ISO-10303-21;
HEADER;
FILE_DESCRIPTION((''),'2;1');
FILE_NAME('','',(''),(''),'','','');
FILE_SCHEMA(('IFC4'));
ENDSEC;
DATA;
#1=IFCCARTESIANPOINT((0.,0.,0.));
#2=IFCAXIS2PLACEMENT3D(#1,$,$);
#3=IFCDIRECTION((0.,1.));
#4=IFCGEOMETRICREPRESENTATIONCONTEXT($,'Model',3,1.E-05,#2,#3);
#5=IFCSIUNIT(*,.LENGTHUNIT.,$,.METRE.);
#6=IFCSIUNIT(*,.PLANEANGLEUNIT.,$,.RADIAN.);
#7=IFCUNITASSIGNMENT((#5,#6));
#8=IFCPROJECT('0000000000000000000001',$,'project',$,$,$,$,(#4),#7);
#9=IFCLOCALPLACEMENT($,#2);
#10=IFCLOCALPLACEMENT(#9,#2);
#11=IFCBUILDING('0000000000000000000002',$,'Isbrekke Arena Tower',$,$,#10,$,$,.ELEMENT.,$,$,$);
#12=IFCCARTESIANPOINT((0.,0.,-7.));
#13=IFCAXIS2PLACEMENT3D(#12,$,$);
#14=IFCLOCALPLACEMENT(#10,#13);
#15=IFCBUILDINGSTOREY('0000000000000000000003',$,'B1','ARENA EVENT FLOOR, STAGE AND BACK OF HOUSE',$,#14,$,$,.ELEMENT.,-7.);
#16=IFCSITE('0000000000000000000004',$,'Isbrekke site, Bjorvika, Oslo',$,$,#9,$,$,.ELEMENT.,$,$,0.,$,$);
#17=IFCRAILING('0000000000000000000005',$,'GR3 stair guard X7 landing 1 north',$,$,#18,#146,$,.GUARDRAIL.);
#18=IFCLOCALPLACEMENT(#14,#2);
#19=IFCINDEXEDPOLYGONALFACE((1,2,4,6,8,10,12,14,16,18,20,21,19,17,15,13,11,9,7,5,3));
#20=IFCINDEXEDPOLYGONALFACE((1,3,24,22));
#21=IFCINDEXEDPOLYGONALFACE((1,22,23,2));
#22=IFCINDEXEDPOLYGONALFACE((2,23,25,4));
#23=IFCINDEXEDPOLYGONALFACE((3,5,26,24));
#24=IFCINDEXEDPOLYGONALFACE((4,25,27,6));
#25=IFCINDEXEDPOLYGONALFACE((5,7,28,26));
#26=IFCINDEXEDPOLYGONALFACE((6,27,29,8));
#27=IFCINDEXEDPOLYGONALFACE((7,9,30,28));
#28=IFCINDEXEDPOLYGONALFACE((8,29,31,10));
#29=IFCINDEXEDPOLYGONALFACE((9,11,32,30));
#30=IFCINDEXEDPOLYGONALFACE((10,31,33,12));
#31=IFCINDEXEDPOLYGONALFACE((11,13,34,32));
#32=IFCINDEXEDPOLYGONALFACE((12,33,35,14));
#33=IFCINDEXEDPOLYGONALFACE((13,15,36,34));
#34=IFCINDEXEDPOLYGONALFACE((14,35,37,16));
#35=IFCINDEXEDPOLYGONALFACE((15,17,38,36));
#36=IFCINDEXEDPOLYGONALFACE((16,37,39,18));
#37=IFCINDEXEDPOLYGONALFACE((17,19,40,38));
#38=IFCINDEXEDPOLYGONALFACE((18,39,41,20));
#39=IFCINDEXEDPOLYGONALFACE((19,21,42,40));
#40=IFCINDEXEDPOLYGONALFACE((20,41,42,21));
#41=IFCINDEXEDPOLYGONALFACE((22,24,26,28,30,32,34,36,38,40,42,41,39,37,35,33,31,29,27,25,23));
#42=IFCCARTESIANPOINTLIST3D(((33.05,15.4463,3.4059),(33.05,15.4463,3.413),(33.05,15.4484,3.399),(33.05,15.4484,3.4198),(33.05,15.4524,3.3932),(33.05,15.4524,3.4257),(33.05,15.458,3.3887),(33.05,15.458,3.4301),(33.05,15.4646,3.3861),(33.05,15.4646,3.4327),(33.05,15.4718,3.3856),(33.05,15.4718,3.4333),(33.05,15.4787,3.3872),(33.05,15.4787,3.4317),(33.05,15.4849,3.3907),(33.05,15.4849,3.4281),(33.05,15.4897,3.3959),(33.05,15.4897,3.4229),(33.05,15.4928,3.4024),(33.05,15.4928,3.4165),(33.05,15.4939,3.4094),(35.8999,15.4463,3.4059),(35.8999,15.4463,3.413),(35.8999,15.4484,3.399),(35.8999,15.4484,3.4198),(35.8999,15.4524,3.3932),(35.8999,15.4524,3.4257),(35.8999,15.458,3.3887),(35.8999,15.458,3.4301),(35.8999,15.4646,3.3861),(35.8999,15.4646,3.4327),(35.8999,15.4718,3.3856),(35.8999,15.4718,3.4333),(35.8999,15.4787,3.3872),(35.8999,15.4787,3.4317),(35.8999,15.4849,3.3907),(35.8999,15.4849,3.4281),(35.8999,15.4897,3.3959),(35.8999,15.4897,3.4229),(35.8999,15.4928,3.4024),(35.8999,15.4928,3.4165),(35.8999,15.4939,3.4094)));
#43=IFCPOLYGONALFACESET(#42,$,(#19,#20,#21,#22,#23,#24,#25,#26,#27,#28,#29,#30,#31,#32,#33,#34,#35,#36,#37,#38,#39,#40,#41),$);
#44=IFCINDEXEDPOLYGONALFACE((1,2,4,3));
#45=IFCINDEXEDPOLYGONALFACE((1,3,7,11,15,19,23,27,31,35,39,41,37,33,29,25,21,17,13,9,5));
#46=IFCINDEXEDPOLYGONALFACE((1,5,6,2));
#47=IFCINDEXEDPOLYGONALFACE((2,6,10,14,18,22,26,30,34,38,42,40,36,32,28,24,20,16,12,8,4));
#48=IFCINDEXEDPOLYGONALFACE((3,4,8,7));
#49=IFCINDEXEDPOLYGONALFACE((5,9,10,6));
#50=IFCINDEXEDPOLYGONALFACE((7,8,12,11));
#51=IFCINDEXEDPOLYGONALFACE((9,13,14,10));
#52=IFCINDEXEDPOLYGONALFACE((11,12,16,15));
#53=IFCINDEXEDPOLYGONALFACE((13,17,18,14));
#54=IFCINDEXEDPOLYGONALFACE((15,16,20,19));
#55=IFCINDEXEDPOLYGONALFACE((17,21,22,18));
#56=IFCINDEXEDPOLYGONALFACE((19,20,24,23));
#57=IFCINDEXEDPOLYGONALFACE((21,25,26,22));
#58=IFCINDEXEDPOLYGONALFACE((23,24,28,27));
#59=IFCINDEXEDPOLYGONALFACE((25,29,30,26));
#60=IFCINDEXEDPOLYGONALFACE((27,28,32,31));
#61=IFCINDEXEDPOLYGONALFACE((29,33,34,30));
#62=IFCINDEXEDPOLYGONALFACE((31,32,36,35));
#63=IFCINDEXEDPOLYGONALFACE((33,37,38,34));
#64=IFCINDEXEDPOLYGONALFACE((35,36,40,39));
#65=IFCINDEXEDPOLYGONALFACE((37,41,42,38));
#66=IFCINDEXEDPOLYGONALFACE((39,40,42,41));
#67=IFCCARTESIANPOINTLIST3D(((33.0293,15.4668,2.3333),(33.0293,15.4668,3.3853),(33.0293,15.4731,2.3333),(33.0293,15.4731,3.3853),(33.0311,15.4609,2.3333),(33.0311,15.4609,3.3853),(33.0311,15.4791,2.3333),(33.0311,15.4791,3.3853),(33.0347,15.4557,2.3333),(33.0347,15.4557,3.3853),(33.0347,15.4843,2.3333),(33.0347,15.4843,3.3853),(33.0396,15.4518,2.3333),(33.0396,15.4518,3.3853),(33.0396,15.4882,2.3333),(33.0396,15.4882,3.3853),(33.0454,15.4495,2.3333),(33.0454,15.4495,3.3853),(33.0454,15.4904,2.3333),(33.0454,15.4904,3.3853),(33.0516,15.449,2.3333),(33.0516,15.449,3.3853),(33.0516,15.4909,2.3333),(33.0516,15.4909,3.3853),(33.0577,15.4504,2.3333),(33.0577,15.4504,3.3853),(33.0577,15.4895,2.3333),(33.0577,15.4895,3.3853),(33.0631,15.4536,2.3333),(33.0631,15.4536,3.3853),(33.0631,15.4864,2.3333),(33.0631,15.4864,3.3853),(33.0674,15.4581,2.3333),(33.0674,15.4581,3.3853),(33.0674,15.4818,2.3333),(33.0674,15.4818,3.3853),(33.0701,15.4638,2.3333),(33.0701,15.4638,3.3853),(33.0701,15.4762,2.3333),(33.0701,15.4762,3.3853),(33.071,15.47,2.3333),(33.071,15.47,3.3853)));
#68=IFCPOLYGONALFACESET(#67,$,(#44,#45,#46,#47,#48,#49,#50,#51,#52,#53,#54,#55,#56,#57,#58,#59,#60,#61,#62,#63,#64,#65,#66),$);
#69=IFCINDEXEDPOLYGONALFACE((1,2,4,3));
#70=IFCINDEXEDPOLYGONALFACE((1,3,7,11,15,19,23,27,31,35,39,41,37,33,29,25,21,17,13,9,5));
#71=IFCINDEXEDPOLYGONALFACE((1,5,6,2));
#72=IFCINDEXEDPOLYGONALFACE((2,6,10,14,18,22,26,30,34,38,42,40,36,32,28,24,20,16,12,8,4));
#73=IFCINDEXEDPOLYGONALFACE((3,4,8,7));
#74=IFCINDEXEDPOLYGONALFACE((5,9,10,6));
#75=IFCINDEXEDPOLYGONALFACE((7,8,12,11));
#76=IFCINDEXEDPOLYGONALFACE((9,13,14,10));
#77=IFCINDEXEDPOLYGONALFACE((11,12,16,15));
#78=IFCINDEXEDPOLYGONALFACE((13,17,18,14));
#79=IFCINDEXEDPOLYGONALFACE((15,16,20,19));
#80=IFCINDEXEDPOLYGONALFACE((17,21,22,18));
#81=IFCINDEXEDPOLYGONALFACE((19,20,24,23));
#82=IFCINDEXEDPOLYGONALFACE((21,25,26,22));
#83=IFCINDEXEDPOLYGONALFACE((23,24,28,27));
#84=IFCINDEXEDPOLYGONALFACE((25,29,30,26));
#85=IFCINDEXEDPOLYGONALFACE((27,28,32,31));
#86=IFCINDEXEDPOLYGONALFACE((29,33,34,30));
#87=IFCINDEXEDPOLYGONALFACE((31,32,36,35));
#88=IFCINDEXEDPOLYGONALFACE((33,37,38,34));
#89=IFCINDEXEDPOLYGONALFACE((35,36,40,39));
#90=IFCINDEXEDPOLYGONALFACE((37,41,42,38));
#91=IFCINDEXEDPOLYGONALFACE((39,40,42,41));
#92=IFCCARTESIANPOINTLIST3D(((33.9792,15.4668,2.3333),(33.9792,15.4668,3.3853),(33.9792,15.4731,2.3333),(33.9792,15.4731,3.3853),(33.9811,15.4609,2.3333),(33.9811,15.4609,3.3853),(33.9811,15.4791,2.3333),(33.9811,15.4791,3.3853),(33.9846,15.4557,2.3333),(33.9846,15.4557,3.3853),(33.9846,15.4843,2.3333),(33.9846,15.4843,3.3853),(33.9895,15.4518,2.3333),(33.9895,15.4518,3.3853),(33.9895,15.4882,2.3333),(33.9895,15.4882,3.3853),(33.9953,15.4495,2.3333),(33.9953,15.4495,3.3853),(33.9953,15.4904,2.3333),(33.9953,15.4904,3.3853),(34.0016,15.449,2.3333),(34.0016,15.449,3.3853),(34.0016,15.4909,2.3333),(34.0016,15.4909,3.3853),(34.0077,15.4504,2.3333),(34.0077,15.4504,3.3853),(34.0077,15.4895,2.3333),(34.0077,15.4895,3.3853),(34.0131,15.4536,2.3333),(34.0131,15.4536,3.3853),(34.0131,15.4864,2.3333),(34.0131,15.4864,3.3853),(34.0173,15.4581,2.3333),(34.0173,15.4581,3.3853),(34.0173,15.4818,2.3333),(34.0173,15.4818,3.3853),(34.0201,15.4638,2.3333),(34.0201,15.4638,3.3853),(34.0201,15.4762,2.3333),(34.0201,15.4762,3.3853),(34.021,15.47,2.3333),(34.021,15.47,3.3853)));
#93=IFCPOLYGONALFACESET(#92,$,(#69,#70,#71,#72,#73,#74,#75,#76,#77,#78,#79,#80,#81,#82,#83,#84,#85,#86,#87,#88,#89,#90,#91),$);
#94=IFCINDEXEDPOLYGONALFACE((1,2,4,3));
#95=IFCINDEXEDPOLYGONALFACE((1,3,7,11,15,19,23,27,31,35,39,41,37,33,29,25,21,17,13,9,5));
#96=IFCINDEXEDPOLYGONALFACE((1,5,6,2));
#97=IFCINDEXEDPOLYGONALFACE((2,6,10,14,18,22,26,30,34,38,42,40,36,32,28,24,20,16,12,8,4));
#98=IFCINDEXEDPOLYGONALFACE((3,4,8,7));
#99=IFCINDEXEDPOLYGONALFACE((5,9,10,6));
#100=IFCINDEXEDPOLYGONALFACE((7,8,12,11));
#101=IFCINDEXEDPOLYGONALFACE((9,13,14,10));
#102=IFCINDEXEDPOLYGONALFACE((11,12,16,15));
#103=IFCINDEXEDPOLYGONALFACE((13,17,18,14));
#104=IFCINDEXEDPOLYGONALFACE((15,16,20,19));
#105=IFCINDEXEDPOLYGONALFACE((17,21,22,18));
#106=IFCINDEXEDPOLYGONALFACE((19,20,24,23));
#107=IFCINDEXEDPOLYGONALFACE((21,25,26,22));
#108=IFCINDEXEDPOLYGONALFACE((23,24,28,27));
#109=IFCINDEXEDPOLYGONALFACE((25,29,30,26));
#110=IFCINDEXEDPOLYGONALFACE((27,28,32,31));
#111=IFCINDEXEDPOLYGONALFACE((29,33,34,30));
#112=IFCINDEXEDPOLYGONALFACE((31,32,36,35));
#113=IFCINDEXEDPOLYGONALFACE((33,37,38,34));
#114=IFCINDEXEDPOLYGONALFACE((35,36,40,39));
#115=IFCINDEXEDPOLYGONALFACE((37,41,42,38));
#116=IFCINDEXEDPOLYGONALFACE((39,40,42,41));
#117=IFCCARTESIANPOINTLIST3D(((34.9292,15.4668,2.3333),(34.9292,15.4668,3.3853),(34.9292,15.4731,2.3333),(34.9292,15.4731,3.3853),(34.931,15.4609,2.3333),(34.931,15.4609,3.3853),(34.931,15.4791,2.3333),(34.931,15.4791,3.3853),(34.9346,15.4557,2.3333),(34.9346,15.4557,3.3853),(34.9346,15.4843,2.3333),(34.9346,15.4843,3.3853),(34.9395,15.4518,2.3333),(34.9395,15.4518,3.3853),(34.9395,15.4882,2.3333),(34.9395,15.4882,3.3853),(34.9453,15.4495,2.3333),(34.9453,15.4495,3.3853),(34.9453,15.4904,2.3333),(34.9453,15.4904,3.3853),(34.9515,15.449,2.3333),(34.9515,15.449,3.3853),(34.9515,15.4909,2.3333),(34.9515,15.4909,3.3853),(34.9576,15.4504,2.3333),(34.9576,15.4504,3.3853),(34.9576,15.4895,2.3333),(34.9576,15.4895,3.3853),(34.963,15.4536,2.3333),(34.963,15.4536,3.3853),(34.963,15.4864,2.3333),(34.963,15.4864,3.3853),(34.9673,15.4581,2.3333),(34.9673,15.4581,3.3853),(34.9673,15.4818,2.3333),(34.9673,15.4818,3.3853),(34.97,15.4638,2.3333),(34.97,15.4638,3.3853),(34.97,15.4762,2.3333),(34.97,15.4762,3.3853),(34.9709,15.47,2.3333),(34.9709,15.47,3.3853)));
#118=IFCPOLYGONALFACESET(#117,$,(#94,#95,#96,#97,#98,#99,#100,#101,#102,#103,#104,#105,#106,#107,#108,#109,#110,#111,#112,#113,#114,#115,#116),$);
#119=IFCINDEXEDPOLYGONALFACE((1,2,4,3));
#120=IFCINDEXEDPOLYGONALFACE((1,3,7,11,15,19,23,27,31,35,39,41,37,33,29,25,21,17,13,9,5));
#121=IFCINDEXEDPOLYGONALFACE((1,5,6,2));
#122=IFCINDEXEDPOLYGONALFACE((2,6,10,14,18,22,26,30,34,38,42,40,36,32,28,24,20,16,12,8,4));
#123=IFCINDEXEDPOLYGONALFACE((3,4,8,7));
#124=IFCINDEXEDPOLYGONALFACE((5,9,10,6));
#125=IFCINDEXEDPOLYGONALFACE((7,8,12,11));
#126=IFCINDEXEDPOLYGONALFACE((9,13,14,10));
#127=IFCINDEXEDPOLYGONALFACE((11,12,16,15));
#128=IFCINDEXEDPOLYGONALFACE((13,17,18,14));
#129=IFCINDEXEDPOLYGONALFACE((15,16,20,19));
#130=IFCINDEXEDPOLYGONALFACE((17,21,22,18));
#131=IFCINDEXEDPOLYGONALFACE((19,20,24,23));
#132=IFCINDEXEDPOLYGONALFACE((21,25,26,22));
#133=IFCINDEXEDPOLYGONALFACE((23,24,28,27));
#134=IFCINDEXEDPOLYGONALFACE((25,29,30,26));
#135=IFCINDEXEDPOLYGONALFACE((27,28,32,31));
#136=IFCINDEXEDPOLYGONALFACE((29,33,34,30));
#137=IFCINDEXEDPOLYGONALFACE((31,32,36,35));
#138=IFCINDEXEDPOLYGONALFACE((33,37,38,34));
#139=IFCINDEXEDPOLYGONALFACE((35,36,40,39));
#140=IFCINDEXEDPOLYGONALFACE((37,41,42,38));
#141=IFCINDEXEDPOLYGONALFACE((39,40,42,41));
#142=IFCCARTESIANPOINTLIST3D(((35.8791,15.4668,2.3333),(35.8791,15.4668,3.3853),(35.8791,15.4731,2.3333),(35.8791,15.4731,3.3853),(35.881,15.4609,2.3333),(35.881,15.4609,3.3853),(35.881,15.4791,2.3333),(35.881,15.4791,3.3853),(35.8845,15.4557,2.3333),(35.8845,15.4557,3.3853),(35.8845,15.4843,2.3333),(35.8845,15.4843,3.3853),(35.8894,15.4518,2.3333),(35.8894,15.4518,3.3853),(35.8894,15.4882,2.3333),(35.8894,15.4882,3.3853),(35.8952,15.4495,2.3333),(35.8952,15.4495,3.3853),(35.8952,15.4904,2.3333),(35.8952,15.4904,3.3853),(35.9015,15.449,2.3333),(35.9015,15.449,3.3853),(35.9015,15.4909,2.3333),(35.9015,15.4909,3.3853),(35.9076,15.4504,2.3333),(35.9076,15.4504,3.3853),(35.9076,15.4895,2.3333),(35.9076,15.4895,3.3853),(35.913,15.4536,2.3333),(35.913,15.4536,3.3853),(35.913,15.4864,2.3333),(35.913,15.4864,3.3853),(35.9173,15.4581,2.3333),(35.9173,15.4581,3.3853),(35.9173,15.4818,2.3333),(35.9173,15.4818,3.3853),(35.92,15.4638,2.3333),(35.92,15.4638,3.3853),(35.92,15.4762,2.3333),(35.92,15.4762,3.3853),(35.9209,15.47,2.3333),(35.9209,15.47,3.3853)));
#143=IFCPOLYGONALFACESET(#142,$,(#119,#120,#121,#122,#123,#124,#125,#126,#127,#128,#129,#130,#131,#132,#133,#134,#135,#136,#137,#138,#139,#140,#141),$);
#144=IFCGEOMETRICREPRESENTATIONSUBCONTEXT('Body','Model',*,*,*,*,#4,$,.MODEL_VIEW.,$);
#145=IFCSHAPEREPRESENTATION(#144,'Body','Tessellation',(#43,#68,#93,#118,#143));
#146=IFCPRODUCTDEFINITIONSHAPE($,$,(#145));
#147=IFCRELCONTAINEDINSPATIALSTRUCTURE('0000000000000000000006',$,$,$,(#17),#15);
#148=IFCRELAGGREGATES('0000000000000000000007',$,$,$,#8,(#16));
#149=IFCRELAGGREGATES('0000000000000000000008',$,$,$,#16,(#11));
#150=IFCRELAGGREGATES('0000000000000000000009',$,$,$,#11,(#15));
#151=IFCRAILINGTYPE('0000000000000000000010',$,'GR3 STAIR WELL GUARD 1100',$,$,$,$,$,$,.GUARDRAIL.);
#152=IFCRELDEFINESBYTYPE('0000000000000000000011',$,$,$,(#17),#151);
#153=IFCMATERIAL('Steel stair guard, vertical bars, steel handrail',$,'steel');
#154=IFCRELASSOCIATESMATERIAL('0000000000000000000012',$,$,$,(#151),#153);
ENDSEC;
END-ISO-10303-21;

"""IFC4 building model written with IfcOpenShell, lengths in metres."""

from ifc_helpers import new_model, si_unit, direction, frame, origin, origin_2d, place, context, subcontext, project, spatial, circle, extrude, material, type_object, element, save


model = new_model("IFC4")

# Units and contexts
model_context = context("Model", 3, precision=1e-05, world=origin(), true_north=direction((0.0, 1.0)))
body_context = subcontext(model_context, "Body", "Model", "MODEL_VIEW")
ifc_project = project(units=[si_unit("LENGTHUNIT", "METRE"), si_unit("PLANEANGLEUNIT", "RADIAN")], contexts=[model_context])

# Site, building, storey
site_placement = place(None, origin())
site = spatial("IfcSite", under=ifc_project, at=site_placement, Name="Isbrekke site, Bjorvika, Oslo", CompositionType="ELEMENT", RefElevation=0.0)
building_placement = place(site_placement, origin())
building = spatial("IfcBuilding", under=site, at=building_placement, Name="Isbrekke Arena Tower", CompositionType="ELEMENT")
storey_placement = place(building_placement, frame((0.0, 0.0, -7.0)))
storey = spatial("IfcBuildingStorey", under=building, at=storey_placement, Name="B1", Description="ARENA EVENT FLOOR, STAGE AND BACK OF HOUSE", CompositionType="ELEMENT", Elevation=-7.0)

# Railing
ifc_material_1 = material(Name="Steel stair guard, vertical bars, steel handrail", Category="steel")
railing_type = type_object("IfcRailingType", Name="GR3 STAIR WELL GUARD 1100", PredefinedType="GUARDRAIL", material=ifc_material_1)
for number, where, name in (
    (1, (33.05, 15.47, 2.3333), "GR3 stair guard X7 landing 1 north"),
):
    element("IfcRailing", number, at=place(storey_placement, frame(where)), inside=storey, type_object=railing_type, Name=name, PredefinedType="GUARDRAIL", context=body_context, shape_type="SweptSolid", body=[
        extrude(circle(Radius=0.0239, at=origin_2d()), frame((0.0, 0.0, 1.0762), z_axis=(1.0, 0.0, 0.0), x_axis=(0.0, 1.0, 0.0)), (0.0, 0.0, 1.0), 2.8499),
        extrude(circle(Radius=0.021, at=origin_2d()), origin(), (0.0, 0.0, 1.0), 1.052),
        extrude(circle(Radius=0.021, at=origin_2d()), frame((0.95, 0.0, 0.0)), (0.0, 0.0, 1.0), 1.052),
        extrude(circle(Radius=0.021, at=origin_2d()), frame((1.8999, 0.0, 0.0)), (0.0, 0.0, 1.0), 1.052),
        extrude(circle(Radius=0.021, at=origin_2d()), frame((2.8499, 0.0, 0.0)), (0.0, 0.0, 1.0), 1.052),
    ])

save(model, "model.ifc")
